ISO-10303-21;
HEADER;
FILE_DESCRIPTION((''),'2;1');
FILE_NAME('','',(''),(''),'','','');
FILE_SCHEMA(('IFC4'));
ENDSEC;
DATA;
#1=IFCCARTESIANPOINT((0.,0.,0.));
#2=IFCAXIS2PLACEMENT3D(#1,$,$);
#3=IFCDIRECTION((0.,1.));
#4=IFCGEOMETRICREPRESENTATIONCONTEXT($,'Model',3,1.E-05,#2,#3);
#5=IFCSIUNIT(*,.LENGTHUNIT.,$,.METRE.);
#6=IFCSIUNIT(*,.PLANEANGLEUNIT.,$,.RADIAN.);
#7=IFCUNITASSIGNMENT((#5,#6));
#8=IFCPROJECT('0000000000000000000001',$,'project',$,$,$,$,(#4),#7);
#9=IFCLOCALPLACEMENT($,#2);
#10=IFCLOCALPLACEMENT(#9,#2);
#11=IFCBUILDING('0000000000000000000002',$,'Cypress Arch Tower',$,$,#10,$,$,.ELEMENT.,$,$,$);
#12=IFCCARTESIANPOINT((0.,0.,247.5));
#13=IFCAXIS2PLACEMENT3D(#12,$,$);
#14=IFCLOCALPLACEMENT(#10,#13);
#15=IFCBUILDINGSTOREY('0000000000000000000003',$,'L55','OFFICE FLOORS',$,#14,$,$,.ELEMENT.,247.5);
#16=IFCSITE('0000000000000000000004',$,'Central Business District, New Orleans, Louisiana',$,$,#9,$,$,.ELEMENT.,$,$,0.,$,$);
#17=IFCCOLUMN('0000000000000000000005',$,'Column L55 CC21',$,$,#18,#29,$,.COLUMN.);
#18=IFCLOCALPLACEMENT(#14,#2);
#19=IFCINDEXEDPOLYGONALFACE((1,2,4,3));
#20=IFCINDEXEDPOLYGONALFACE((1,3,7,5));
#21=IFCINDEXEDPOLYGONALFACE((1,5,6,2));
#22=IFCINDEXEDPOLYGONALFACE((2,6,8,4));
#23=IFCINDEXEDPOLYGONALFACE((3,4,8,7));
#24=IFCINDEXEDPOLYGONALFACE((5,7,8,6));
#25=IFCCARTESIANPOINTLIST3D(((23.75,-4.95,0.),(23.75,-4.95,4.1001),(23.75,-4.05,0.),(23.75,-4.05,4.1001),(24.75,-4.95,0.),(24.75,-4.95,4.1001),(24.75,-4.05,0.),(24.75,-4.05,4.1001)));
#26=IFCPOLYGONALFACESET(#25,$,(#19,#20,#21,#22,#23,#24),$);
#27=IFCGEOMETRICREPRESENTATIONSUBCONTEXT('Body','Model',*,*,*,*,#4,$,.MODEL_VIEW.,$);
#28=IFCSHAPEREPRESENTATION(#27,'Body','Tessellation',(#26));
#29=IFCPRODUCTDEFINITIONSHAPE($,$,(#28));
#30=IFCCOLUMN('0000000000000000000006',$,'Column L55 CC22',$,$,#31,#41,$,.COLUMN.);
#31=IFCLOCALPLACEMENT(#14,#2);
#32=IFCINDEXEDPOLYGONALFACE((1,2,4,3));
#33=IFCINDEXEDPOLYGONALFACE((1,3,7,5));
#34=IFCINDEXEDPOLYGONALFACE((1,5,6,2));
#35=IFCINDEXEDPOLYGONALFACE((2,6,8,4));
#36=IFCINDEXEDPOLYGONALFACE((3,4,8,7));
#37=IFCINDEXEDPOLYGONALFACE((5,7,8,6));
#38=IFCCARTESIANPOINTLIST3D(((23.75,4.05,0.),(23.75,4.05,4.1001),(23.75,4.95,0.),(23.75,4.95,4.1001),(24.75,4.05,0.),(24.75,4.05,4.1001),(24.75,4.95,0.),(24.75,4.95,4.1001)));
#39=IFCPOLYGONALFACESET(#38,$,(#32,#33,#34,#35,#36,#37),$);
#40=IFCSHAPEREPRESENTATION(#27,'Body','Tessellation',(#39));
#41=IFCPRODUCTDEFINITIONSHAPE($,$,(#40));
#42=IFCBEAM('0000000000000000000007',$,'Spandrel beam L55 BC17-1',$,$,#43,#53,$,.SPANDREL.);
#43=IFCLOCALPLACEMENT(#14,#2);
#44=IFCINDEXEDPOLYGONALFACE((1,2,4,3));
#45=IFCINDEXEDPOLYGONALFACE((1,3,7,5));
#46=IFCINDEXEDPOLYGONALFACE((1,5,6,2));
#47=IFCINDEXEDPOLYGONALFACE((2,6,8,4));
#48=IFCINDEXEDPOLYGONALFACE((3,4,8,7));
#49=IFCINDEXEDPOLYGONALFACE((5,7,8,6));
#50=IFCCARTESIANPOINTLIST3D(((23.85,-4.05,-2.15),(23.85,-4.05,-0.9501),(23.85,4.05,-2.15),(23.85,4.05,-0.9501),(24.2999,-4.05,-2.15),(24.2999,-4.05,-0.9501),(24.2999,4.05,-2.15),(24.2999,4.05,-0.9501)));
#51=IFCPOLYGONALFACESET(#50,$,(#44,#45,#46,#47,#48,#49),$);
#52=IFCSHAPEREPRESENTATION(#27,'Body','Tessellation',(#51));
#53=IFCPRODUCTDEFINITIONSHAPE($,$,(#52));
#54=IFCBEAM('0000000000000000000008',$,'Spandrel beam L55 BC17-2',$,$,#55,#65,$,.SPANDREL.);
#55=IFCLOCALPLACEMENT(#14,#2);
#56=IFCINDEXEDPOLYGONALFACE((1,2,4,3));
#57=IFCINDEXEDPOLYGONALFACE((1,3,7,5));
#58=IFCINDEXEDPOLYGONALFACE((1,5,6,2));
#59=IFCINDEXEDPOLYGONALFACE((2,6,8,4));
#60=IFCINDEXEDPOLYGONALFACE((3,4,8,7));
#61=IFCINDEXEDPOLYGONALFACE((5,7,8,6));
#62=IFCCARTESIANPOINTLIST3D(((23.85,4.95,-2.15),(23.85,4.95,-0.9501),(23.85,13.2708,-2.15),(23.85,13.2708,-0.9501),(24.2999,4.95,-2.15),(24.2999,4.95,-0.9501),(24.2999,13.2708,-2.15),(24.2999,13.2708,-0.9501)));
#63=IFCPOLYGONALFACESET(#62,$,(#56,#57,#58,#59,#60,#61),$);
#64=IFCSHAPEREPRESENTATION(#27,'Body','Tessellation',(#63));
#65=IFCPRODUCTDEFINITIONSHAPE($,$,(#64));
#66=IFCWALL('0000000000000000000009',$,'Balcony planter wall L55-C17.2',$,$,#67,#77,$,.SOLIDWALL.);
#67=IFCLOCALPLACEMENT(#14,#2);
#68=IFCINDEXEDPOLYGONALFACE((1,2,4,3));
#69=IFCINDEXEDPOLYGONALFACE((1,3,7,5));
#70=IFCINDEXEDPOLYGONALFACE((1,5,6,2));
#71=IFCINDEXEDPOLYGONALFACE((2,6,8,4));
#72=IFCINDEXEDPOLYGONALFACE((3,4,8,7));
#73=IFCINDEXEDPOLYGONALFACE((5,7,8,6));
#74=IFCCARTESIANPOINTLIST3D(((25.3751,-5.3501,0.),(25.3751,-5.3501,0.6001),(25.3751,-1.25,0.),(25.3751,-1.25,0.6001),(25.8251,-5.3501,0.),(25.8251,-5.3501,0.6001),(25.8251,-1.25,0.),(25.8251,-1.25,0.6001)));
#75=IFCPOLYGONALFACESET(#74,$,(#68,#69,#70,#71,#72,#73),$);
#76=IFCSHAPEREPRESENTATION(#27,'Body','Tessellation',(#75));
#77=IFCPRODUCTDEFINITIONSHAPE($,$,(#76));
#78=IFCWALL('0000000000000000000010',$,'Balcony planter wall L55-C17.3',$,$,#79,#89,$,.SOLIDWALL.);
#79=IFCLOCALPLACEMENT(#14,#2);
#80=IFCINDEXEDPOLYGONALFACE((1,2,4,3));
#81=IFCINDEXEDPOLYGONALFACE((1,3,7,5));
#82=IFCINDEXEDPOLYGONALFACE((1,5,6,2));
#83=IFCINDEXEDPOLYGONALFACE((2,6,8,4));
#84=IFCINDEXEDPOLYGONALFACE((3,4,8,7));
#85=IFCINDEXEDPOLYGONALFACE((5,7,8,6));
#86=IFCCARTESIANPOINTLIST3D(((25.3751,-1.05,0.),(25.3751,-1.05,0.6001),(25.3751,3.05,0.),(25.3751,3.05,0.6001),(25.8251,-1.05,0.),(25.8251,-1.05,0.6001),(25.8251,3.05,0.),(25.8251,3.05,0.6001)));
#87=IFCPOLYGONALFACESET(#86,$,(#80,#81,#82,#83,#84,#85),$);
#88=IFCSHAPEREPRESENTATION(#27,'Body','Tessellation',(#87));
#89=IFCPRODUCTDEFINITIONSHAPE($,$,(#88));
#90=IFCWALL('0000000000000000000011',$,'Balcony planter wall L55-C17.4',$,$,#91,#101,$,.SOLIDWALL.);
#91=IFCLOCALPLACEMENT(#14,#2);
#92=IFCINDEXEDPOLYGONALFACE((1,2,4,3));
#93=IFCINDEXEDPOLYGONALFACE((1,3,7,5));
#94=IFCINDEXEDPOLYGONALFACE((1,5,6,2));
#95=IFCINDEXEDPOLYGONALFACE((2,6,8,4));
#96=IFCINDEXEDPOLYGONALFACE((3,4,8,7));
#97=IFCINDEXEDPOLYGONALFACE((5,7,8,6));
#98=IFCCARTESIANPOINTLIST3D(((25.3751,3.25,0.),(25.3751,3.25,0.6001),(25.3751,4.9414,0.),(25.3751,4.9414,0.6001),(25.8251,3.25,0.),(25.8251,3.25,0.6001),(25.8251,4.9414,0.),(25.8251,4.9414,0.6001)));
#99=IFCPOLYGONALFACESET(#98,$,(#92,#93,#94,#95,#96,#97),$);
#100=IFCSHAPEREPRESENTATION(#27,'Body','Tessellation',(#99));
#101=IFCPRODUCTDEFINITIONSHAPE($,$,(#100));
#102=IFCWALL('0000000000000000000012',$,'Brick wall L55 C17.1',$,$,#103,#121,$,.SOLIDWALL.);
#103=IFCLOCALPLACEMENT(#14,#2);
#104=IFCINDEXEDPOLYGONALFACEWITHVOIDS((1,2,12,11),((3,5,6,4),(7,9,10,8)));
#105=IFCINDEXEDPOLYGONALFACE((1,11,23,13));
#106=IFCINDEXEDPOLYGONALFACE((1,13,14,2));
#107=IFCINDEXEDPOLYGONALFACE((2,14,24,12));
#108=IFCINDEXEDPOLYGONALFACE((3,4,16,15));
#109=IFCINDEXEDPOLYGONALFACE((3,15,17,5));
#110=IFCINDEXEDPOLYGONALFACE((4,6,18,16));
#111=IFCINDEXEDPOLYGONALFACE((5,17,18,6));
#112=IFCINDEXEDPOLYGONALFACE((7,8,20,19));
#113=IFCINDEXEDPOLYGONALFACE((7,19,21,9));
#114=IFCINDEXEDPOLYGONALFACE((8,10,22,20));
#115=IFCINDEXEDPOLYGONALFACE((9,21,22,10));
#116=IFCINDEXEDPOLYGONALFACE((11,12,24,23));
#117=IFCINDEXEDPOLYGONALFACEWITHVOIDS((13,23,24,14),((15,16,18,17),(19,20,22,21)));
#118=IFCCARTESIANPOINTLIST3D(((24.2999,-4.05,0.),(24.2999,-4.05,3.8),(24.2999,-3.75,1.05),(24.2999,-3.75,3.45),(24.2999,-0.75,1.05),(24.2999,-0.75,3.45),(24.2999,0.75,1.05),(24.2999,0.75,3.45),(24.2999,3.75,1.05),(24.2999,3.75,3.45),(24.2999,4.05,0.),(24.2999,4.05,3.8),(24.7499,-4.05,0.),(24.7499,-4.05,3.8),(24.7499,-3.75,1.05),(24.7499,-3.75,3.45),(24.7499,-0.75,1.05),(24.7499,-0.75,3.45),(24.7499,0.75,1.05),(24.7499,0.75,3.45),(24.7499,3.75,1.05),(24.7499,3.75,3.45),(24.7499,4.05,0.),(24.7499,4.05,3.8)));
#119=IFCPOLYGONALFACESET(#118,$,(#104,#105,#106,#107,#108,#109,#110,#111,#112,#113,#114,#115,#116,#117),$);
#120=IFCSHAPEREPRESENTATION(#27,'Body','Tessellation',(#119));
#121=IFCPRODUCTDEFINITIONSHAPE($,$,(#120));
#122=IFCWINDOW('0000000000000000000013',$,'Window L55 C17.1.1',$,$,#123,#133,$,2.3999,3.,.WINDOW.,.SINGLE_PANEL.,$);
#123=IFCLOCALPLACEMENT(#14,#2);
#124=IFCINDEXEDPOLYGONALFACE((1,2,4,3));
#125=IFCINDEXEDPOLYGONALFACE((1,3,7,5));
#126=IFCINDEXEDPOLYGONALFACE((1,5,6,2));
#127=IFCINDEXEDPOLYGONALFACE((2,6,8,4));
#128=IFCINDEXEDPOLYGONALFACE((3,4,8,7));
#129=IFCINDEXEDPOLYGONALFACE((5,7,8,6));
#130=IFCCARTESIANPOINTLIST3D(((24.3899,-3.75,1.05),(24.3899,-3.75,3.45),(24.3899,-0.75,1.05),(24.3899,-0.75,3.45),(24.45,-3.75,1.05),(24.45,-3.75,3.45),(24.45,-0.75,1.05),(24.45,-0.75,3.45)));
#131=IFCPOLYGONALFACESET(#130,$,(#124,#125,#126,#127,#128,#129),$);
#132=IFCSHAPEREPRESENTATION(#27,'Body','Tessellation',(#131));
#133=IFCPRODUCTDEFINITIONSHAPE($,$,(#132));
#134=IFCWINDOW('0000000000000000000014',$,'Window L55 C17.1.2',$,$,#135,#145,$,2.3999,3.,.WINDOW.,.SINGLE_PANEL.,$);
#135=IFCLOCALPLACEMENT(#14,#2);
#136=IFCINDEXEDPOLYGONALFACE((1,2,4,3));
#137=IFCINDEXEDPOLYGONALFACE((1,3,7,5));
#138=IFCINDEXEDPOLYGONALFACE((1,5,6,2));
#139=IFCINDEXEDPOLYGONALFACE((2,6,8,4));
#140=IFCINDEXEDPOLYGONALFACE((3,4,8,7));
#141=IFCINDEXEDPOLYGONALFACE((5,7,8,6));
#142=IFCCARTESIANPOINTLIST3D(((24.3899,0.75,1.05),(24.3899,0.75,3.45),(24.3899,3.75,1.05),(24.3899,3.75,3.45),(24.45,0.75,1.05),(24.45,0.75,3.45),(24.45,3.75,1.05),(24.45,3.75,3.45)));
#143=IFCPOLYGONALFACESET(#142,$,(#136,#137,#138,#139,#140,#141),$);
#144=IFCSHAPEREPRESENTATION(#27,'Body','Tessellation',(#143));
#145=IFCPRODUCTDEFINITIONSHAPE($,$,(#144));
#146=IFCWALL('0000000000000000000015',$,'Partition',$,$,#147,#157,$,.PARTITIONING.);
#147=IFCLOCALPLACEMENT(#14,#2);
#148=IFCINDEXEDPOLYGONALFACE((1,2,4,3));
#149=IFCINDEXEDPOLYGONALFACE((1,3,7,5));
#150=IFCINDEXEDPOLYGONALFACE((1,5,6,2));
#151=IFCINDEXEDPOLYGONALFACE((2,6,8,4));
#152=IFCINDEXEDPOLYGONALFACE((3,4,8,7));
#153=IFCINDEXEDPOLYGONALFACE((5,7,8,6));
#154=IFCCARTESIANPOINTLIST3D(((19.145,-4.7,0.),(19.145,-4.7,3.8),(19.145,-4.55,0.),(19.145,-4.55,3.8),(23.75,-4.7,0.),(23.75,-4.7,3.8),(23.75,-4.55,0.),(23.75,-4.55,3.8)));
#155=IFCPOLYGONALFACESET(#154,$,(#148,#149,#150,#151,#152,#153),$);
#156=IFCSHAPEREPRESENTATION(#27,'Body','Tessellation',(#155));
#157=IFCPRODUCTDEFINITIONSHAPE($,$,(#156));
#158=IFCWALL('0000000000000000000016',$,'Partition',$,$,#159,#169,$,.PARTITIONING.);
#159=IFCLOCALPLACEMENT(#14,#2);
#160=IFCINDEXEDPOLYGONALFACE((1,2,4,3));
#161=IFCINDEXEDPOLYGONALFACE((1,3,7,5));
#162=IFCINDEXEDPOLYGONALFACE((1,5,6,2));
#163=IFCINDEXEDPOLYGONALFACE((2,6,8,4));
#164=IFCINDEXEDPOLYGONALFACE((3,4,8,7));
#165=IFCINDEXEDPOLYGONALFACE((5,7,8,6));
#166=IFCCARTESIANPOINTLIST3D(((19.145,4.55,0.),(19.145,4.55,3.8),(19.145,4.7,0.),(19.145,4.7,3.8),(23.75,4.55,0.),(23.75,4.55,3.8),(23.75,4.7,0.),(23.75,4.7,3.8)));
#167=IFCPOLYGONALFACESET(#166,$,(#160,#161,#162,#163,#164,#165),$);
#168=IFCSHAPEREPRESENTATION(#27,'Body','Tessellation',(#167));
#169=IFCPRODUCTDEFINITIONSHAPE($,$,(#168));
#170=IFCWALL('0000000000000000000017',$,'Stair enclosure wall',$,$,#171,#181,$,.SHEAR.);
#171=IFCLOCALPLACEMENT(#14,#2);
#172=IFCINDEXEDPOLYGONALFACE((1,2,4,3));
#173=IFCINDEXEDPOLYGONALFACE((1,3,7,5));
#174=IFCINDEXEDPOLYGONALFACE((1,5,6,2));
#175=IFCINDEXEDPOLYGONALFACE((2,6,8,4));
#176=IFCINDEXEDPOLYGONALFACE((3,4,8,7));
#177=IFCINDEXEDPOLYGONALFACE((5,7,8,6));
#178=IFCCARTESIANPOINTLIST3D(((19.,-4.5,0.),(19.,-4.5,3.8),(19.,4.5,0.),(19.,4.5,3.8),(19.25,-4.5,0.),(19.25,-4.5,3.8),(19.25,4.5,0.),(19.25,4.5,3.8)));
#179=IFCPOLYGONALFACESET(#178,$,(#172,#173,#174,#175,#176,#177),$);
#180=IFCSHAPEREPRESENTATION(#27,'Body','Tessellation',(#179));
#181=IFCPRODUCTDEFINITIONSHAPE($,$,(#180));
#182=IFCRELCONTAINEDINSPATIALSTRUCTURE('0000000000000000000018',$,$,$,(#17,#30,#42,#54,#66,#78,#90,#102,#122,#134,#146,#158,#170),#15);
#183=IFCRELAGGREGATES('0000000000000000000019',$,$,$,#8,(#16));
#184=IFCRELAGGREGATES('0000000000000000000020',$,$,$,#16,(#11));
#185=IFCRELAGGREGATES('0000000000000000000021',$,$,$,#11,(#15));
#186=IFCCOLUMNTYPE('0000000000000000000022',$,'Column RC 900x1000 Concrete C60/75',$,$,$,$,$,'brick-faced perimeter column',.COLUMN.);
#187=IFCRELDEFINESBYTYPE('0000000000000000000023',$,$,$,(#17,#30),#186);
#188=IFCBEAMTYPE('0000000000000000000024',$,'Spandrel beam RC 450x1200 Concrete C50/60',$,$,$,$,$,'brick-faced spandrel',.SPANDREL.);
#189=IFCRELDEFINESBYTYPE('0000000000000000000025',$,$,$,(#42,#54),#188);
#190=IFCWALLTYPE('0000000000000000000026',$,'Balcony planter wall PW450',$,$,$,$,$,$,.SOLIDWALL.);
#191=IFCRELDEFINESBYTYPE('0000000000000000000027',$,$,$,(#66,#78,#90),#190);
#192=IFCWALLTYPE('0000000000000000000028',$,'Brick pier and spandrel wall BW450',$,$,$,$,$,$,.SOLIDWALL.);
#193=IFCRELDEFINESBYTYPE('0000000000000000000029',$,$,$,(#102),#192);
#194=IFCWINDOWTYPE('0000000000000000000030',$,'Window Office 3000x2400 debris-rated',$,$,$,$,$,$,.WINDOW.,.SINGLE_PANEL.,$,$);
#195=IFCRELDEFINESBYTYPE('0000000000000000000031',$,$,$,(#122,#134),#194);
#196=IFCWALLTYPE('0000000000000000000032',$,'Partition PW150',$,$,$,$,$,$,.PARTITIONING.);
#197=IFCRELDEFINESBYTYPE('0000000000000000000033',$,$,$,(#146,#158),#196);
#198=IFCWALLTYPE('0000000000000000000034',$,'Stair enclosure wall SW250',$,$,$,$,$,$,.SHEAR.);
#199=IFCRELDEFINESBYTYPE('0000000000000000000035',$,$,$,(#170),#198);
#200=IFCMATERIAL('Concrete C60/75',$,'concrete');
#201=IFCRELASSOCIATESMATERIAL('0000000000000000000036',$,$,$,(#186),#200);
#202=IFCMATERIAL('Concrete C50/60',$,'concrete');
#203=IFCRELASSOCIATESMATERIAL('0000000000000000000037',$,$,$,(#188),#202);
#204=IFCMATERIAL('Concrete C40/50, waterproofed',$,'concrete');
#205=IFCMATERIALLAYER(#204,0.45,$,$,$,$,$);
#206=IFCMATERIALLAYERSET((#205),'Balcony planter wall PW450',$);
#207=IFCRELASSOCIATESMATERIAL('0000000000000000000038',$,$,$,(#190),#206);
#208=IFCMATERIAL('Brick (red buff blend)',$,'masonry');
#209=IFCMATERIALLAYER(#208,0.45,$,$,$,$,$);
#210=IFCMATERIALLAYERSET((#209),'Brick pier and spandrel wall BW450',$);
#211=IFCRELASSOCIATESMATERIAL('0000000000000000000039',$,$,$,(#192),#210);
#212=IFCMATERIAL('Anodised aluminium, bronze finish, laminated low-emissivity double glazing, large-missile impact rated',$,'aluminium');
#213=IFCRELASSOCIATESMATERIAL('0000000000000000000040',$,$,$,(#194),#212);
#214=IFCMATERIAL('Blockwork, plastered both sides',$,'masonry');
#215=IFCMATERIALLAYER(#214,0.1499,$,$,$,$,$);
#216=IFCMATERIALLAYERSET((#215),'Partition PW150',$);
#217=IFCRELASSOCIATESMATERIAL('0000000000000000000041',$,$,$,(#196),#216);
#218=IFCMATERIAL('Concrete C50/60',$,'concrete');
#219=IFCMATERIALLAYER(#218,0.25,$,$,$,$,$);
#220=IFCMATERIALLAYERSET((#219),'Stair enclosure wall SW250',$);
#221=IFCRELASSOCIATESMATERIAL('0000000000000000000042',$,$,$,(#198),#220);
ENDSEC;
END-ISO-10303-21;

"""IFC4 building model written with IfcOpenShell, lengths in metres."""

from ifc_helpers import new_model, si_unit, direction, frame, frame_2d, origin, origin_2d, place, context, subcontext, project, spatial, rectangle, extrude, material, layer, layer_set, material_profile, profile_set, type_object, element, fill, save


model = new_model("IFC4")

# Units and contexts
model_context = context("Model", 3, precision=1e-05, world=origin(), true_north=direction((0.0, 1.0)))
body_context = subcontext(model_context, "Body", "Model", "MODEL_VIEW")
ifc_project = project(units=[si_unit("LENGTHUNIT", "METRE"), si_unit("PLANEANGLEUNIT", "RADIAN")], contexts=[model_context])

# Site, building, storey
site_placement = place(None, origin())
site = spatial("IfcSite", under=ifc_project, at=site_placement, Name="Central Business District, New Orleans, Louisiana", CompositionType="ELEMENT", RefElevation=0.0)
building_placement = place(site_placement, origin())
building = spatial("IfcBuilding", under=site, at=building_placement, Name="Cypress Arch Tower", CompositionType="ELEMENT")
storey_placement = place(building_placement, frame((0.0, 0.0, 247.5)))
storey = spatial("IfcBuildingStorey", under=building, at=storey_placement, Name="L55", Description="OFFICE FLOORS", CompositionType="ELEMENT", Elevation=247.5)

# Columns
ifc_material_1 = material(Name="Concrete C60/75", Category="concrete")
ifc_material_profile_1 = material_profile(ifc_material_1, rectangle(XDim=0.8999, YDim=1.0, at=origin_2d()), Name="RC 900x1000")
ifc_profile_set_1 = profile_set([ifc_material_profile_1], Name="Concrete C60/75")
column_type = type_object("IfcColumnType", Name="Column RC 900x1000 Concrete C60/75", ElementType="brick-faced perimeter column", PredefinedType="COLUMN", material=ifc_profile_set_1)
for number, where, z_axis, x_axis, name in (
    (1, (24.25, -4.5, 0.0), (0.0, 0.0, 1.0), (0.0, 1.0, 0.0), "Column L55 CC21"),
    (2, (24.25, 4.5, 0.0), (0.0, 0.0, 1.0), (0.0, 1.0, 0.0), "Column L55 CC22"),
):
    element("IfcColumn", number, at=place(storey_placement, frame(where, z_axis=z_axis, x_axis=x_axis)), inside=storey, type_object=column_type, Name=name, PredefinedType="COLUMN", context=body_context, shape_type="SweptSolid", body=[
        extrude(rectangle(XDim=0.8999, YDim=1.0, at=origin_2d()), origin(), (0.0, 0.0, 1.0), 4.1001),
    ])

# Beams
ifc_material_2 = material(Name="Concrete C50/60", Category="concrete")
ifc_material_profile_2 = material_profile(ifc_material_2, rectangle(XDim=0.45, YDim=1.2, at=origin_2d()), Name="RC 450x1200")
ifc_profile_set_2 = profile_set([ifc_material_profile_2], Name="Concrete C50/60")
beam_type = type_object("IfcBeamType", Name="Spandrel beam RC 450x1200 Concrete C50/60", ElementType="brick-faced spandrel", PredefinedType="SPANDREL", material=ifc_profile_set_2)
beam_1_placement = place(storey_placement, frame((24.075, -4.05, -1.55), z_axis=(0.0, 1.0, 0.0), x_axis=(-1.0, 0.0, 0.0)))
element("IfcBeam", 3, at=beam_1_placement, inside=storey, type_object=beam_type, Name="Spandrel beam L55 BC17-1", PredefinedType="SPANDREL", context=body_context, shape_type="SweptSolid", body=[
    extrude(rectangle(XDim=0.45, YDim=1.2, at=origin_2d()), origin(), (0.0, 0.0, 1.0), 8.1001),
])
beam_2_placement = place(storey_placement, frame((24.075, 4.95, -1.55), z_axis=(0.0, 1.0, 0.0), x_axis=(-1.0, 0.0, 0.0)))
element("IfcBeam", 4, at=beam_2_placement, inside=storey, type_object=beam_type, Name="Spandrel beam L55 BC17-2", PredefinedType="SPANDREL", context=body_context, shape_type="SweptSolid", body=[
    extrude(rectangle(XDim=0.45, YDim=1.2, at=origin_2d()), origin(), (0.0, 0.0, 1.0), 8.3208),
])

# Walls
ifc_material_3 = material(Name="Concrete C40/50, waterproofed", Category="concrete")
ifc_layer_1 = layer(ifc_material_3, 0.45)
ifc_layer_set_1 = layer_set([ifc_layer_1], Name="Balcony planter wall PW450")
wall_type_1 = type_object("IfcWallType", Name="Balcony planter wall PW450", PredefinedType="SOLIDWALL", material=ifc_layer_set_1)
for number, where, z_axis, x_axis, name in (
    (5, (25.6001, -5.3501, 0.0), (0.0, 0.0, 1.0), (0.0, 1.0, 0.0), "Balcony planter wall L55-C17.2"),
    (6, (25.6001, -1.05, 0.0), (0.0, 0.0, 1.0), (0.0, 1.0, 0.0), "Balcony planter wall L55-C17.3"),
):
    element("IfcWall", number, at=place(storey_placement, frame(where, z_axis=z_axis, x_axis=x_axis)), inside=storey, type_object=wall_type_1, Name=name, PredefinedType="SOLIDWALL", context=body_context, shape_type="SweptSolid", body=[
        extrude(rectangle(XDim=4.1001, YDim=0.45, at=frame_2d((2.05, 0.0))), origin(), (0.0, 0.0, 1.0), 0.6001),
    ])
wall_1_placement = place(storey_placement, frame((25.6001, 3.25, 0.0), z_axis=(0.0, 0.0, 1.0), x_axis=(0.0, 1.0, 0.0)))
element("IfcWall", 7, at=wall_1_placement, inside=storey, type_object=wall_type_1, Name="Balcony planter wall L55-C17.4", PredefinedType="SOLIDWALL", context=body_context, shape_type="SweptSolid", body=[
    extrude(rectangle(XDim=1.6914, YDim=0.45, at=frame_2d((0.8457, 0.0))), origin(), (0.0, 0.0, 1.0), 0.6001),
])

# Wall, openings, windows
ifc_material_4 = material(Name="Brick (red buff blend)", Category="masonry")
ifc_layer_2 = layer(ifc_material_4, 0.45)
ifc_layer_set_2 = layer_set([ifc_layer_2], Name="Brick pier and spandrel wall BW450")
wall_type_2 = type_object("IfcWallType", Name="Brick pier and spandrel wall BW450", PredefinedType="SOLIDWALL", material=ifc_layer_set_2)
wall_2_placement = place(storey_placement, frame((24.5249, -4.05, 0.0), z_axis=(0.0, 0.0, 1.0), x_axis=(0.0, 1.0, 0.0)))
wall_2 = element("IfcWall", 8, at=wall_2_placement, inside=storey, type_object=wall_type_2, Name="Brick wall L55 C17.1", PredefinedType="SOLIDWALL", context=body_context, shape_type="SweptSolid", body=[
    extrude(rectangle(XDim=8.1001, YDim=0.45, at=frame_2d((4.05, 0.0))), origin(), (0.0, 0.0, 1.0), 3.8),
])
opening_1_placement = place(wall_2_placement, frame((0.3, 0.0, 1.05)))
opening_1 = element("IfcOpeningElement", 9, at=opening_1_placement, cuts=wall_2, PredefinedType="OPENING", context=body_context, shape_type="SweptSolid", body=[
    extrude(rectangle(XDim=3.0, YDim=2.3999, at=frame_2d((1.5, 1.2))), frame((0.0, 0.2349, 0.0), z_axis=(0.0, -1.0, 0.0), x_axis=(1.0, 0.0, 0.0)), (0.0, 0.0, 1.0), 0.47),
])
opening_2_placement = place(wall_2_placement, frame((4.8, 0.0, 1.05)))
opening_2 = element("IfcOpeningElement", 10, at=opening_2_placement, cuts=wall_2, PredefinedType="OPENING", context=body_context, shape_type="SweptSolid", body=[
    extrude(rectangle(XDim=3.0, YDim=2.3999, at=frame_2d((1.5, 1.2))), frame((0.0, 0.2349, 0.0), z_axis=(0.0, -1.0, 0.0), x_axis=(1.0, 0.0, 0.0)), (0.0, 0.0, 1.0), 0.47),
])
ifc_material_5 = material(Name="Anodised aluminium, bronze finish, laminated low-emissivity double glazing, large-missile impact rated", Category="aluminium")
window_type = type_object("IfcWindowType", Name="Window Office 3000x2400 debris-rated", PartitioningType="SINGLE_PANEL", PredefinedType="WINDOW", material=ifc_material_5)
window_1_placement = place(opening_1_placement, origin())
window_1 = element("IfcWindow", 11, at=window_1_placement, inside=storey, type_object=window_type, Name="Window L55 C17.1.1", OverallHeight=2.3999, OverallWidth=3.0, PartitioningType="SINGLE_PANEL", PredefinedType="WINDOW", context=body_context, shape_type="SweptSolid", body=[
    extrude(rectangle(XDim=3.0, YDim=2.3999, at=frame_2d((1.5, 1.2))), frame((0.0, 0.135, 0.0), z_axis=(0.0, -1.0, 0.0), x_axis=(1.0, 0.0, 0.0)), (0.0, 0.0, 1.0), 0.0601),
])
fill(opening_1, window_1)
window_2_placement = place(opening_2_placement, origin())
window_2 = element("IfcWindow", 12, at=window_2_placement, inside=storey, type_object=window_type, Name="Window L55 C17.1.2", OverallHeight=2.3999, OverallWidth=3.0, PartitioningType="SINGLE_PANEL", PredefinedType="WINDOW", context=body_context, shape_type="SweptSolid", body=[
    extrude(rectangle(XDim=3.0, YDim=2.3999, at=frame_2d((1.5, 1.2))), frame((0.0, 0.135, 0.0), z_axis=(0.0, -1.0, 0.0), x_axis=(1.0, 0.0, 0.0)), (0.0, 0.0, 1.0), 0.0601),
])
fill(opening_2, window_2)

# Walls
ifc_material_6 = material(Name="Blockwork, plastered both sides", Category="masonry")
ifc_layer_3 = layer(ifc_material_6, 0.1499)
ifc_layer_set_3 = layer_set([ifc_layer_3], Name="Partition PW150")
wall_type_3 = type_object("IfcWallType", Name="Partition PW150", PredefinedType="PARTITIONING", material=ifc_layer_set_3)
for number, where, z_axis, x_axis, name in (
    (13, (19.145, -4.625, 0.0), (0.0, 0.0, 1.0), (1.0, 0.0, 0.0), "Partition"),
    (14, (19.145, 4.625, 0.0), (0.0, 0.0, 1.0), (1.0, 0.0, 0.0), "Partition"),
):
    element("IfcWall", number, at=place(storey_placement, frame(where, z_axis=z_axis, x_axis=x_axis)), inside=storey, type_object=wall_type_3, Name=name, PredefinedType="PARTITIONING", context=body_context, shape_type="SweptSolid", body=[
        extrude(rectangle(XDim=4.605, YDim=0.1499, at=frame_2d((2.3025, 0.0))), origin(), (0.0, 0.0, 1.0), 3.8),
    ])
ifc_material_7 = material(Name="Concrete C50/60", Category="concrete")
ifc_layer_4 = layer(ifc_material_7, 0.25)
ifc_layer_set_4 = layer_set([ifc_layer_4], Name="Stair enclosure wall SW250")
wall_type_4 = type_object("IfcWallType", Name="Stair enclosure wall SW250", PredefinedType="SHEAR", material=ifc_layer_set_4)
wall_3_placement = place(storey_placement, frame((19.125, -4.5, 0.0), z_axis=(0.0, 0.0, 1.0), x_axis=(0.0, 1.0, 0.0)))
element("IfcWall", 15, at=wall_3_placement, inside=storey, type_object=wall_type_4, Name="Stair enclosure wall", PredefinedType="SHEAR", context=body_context, shape_type="SweptSolid", body=[
    extrude(rectangle(XDim=9.0, YDim=0.25, at=frame_2d((4.5, 0.0))), origin(), (0.0, 0.0, 1.0), 3.8),
])

save(model, "model.ifc")
